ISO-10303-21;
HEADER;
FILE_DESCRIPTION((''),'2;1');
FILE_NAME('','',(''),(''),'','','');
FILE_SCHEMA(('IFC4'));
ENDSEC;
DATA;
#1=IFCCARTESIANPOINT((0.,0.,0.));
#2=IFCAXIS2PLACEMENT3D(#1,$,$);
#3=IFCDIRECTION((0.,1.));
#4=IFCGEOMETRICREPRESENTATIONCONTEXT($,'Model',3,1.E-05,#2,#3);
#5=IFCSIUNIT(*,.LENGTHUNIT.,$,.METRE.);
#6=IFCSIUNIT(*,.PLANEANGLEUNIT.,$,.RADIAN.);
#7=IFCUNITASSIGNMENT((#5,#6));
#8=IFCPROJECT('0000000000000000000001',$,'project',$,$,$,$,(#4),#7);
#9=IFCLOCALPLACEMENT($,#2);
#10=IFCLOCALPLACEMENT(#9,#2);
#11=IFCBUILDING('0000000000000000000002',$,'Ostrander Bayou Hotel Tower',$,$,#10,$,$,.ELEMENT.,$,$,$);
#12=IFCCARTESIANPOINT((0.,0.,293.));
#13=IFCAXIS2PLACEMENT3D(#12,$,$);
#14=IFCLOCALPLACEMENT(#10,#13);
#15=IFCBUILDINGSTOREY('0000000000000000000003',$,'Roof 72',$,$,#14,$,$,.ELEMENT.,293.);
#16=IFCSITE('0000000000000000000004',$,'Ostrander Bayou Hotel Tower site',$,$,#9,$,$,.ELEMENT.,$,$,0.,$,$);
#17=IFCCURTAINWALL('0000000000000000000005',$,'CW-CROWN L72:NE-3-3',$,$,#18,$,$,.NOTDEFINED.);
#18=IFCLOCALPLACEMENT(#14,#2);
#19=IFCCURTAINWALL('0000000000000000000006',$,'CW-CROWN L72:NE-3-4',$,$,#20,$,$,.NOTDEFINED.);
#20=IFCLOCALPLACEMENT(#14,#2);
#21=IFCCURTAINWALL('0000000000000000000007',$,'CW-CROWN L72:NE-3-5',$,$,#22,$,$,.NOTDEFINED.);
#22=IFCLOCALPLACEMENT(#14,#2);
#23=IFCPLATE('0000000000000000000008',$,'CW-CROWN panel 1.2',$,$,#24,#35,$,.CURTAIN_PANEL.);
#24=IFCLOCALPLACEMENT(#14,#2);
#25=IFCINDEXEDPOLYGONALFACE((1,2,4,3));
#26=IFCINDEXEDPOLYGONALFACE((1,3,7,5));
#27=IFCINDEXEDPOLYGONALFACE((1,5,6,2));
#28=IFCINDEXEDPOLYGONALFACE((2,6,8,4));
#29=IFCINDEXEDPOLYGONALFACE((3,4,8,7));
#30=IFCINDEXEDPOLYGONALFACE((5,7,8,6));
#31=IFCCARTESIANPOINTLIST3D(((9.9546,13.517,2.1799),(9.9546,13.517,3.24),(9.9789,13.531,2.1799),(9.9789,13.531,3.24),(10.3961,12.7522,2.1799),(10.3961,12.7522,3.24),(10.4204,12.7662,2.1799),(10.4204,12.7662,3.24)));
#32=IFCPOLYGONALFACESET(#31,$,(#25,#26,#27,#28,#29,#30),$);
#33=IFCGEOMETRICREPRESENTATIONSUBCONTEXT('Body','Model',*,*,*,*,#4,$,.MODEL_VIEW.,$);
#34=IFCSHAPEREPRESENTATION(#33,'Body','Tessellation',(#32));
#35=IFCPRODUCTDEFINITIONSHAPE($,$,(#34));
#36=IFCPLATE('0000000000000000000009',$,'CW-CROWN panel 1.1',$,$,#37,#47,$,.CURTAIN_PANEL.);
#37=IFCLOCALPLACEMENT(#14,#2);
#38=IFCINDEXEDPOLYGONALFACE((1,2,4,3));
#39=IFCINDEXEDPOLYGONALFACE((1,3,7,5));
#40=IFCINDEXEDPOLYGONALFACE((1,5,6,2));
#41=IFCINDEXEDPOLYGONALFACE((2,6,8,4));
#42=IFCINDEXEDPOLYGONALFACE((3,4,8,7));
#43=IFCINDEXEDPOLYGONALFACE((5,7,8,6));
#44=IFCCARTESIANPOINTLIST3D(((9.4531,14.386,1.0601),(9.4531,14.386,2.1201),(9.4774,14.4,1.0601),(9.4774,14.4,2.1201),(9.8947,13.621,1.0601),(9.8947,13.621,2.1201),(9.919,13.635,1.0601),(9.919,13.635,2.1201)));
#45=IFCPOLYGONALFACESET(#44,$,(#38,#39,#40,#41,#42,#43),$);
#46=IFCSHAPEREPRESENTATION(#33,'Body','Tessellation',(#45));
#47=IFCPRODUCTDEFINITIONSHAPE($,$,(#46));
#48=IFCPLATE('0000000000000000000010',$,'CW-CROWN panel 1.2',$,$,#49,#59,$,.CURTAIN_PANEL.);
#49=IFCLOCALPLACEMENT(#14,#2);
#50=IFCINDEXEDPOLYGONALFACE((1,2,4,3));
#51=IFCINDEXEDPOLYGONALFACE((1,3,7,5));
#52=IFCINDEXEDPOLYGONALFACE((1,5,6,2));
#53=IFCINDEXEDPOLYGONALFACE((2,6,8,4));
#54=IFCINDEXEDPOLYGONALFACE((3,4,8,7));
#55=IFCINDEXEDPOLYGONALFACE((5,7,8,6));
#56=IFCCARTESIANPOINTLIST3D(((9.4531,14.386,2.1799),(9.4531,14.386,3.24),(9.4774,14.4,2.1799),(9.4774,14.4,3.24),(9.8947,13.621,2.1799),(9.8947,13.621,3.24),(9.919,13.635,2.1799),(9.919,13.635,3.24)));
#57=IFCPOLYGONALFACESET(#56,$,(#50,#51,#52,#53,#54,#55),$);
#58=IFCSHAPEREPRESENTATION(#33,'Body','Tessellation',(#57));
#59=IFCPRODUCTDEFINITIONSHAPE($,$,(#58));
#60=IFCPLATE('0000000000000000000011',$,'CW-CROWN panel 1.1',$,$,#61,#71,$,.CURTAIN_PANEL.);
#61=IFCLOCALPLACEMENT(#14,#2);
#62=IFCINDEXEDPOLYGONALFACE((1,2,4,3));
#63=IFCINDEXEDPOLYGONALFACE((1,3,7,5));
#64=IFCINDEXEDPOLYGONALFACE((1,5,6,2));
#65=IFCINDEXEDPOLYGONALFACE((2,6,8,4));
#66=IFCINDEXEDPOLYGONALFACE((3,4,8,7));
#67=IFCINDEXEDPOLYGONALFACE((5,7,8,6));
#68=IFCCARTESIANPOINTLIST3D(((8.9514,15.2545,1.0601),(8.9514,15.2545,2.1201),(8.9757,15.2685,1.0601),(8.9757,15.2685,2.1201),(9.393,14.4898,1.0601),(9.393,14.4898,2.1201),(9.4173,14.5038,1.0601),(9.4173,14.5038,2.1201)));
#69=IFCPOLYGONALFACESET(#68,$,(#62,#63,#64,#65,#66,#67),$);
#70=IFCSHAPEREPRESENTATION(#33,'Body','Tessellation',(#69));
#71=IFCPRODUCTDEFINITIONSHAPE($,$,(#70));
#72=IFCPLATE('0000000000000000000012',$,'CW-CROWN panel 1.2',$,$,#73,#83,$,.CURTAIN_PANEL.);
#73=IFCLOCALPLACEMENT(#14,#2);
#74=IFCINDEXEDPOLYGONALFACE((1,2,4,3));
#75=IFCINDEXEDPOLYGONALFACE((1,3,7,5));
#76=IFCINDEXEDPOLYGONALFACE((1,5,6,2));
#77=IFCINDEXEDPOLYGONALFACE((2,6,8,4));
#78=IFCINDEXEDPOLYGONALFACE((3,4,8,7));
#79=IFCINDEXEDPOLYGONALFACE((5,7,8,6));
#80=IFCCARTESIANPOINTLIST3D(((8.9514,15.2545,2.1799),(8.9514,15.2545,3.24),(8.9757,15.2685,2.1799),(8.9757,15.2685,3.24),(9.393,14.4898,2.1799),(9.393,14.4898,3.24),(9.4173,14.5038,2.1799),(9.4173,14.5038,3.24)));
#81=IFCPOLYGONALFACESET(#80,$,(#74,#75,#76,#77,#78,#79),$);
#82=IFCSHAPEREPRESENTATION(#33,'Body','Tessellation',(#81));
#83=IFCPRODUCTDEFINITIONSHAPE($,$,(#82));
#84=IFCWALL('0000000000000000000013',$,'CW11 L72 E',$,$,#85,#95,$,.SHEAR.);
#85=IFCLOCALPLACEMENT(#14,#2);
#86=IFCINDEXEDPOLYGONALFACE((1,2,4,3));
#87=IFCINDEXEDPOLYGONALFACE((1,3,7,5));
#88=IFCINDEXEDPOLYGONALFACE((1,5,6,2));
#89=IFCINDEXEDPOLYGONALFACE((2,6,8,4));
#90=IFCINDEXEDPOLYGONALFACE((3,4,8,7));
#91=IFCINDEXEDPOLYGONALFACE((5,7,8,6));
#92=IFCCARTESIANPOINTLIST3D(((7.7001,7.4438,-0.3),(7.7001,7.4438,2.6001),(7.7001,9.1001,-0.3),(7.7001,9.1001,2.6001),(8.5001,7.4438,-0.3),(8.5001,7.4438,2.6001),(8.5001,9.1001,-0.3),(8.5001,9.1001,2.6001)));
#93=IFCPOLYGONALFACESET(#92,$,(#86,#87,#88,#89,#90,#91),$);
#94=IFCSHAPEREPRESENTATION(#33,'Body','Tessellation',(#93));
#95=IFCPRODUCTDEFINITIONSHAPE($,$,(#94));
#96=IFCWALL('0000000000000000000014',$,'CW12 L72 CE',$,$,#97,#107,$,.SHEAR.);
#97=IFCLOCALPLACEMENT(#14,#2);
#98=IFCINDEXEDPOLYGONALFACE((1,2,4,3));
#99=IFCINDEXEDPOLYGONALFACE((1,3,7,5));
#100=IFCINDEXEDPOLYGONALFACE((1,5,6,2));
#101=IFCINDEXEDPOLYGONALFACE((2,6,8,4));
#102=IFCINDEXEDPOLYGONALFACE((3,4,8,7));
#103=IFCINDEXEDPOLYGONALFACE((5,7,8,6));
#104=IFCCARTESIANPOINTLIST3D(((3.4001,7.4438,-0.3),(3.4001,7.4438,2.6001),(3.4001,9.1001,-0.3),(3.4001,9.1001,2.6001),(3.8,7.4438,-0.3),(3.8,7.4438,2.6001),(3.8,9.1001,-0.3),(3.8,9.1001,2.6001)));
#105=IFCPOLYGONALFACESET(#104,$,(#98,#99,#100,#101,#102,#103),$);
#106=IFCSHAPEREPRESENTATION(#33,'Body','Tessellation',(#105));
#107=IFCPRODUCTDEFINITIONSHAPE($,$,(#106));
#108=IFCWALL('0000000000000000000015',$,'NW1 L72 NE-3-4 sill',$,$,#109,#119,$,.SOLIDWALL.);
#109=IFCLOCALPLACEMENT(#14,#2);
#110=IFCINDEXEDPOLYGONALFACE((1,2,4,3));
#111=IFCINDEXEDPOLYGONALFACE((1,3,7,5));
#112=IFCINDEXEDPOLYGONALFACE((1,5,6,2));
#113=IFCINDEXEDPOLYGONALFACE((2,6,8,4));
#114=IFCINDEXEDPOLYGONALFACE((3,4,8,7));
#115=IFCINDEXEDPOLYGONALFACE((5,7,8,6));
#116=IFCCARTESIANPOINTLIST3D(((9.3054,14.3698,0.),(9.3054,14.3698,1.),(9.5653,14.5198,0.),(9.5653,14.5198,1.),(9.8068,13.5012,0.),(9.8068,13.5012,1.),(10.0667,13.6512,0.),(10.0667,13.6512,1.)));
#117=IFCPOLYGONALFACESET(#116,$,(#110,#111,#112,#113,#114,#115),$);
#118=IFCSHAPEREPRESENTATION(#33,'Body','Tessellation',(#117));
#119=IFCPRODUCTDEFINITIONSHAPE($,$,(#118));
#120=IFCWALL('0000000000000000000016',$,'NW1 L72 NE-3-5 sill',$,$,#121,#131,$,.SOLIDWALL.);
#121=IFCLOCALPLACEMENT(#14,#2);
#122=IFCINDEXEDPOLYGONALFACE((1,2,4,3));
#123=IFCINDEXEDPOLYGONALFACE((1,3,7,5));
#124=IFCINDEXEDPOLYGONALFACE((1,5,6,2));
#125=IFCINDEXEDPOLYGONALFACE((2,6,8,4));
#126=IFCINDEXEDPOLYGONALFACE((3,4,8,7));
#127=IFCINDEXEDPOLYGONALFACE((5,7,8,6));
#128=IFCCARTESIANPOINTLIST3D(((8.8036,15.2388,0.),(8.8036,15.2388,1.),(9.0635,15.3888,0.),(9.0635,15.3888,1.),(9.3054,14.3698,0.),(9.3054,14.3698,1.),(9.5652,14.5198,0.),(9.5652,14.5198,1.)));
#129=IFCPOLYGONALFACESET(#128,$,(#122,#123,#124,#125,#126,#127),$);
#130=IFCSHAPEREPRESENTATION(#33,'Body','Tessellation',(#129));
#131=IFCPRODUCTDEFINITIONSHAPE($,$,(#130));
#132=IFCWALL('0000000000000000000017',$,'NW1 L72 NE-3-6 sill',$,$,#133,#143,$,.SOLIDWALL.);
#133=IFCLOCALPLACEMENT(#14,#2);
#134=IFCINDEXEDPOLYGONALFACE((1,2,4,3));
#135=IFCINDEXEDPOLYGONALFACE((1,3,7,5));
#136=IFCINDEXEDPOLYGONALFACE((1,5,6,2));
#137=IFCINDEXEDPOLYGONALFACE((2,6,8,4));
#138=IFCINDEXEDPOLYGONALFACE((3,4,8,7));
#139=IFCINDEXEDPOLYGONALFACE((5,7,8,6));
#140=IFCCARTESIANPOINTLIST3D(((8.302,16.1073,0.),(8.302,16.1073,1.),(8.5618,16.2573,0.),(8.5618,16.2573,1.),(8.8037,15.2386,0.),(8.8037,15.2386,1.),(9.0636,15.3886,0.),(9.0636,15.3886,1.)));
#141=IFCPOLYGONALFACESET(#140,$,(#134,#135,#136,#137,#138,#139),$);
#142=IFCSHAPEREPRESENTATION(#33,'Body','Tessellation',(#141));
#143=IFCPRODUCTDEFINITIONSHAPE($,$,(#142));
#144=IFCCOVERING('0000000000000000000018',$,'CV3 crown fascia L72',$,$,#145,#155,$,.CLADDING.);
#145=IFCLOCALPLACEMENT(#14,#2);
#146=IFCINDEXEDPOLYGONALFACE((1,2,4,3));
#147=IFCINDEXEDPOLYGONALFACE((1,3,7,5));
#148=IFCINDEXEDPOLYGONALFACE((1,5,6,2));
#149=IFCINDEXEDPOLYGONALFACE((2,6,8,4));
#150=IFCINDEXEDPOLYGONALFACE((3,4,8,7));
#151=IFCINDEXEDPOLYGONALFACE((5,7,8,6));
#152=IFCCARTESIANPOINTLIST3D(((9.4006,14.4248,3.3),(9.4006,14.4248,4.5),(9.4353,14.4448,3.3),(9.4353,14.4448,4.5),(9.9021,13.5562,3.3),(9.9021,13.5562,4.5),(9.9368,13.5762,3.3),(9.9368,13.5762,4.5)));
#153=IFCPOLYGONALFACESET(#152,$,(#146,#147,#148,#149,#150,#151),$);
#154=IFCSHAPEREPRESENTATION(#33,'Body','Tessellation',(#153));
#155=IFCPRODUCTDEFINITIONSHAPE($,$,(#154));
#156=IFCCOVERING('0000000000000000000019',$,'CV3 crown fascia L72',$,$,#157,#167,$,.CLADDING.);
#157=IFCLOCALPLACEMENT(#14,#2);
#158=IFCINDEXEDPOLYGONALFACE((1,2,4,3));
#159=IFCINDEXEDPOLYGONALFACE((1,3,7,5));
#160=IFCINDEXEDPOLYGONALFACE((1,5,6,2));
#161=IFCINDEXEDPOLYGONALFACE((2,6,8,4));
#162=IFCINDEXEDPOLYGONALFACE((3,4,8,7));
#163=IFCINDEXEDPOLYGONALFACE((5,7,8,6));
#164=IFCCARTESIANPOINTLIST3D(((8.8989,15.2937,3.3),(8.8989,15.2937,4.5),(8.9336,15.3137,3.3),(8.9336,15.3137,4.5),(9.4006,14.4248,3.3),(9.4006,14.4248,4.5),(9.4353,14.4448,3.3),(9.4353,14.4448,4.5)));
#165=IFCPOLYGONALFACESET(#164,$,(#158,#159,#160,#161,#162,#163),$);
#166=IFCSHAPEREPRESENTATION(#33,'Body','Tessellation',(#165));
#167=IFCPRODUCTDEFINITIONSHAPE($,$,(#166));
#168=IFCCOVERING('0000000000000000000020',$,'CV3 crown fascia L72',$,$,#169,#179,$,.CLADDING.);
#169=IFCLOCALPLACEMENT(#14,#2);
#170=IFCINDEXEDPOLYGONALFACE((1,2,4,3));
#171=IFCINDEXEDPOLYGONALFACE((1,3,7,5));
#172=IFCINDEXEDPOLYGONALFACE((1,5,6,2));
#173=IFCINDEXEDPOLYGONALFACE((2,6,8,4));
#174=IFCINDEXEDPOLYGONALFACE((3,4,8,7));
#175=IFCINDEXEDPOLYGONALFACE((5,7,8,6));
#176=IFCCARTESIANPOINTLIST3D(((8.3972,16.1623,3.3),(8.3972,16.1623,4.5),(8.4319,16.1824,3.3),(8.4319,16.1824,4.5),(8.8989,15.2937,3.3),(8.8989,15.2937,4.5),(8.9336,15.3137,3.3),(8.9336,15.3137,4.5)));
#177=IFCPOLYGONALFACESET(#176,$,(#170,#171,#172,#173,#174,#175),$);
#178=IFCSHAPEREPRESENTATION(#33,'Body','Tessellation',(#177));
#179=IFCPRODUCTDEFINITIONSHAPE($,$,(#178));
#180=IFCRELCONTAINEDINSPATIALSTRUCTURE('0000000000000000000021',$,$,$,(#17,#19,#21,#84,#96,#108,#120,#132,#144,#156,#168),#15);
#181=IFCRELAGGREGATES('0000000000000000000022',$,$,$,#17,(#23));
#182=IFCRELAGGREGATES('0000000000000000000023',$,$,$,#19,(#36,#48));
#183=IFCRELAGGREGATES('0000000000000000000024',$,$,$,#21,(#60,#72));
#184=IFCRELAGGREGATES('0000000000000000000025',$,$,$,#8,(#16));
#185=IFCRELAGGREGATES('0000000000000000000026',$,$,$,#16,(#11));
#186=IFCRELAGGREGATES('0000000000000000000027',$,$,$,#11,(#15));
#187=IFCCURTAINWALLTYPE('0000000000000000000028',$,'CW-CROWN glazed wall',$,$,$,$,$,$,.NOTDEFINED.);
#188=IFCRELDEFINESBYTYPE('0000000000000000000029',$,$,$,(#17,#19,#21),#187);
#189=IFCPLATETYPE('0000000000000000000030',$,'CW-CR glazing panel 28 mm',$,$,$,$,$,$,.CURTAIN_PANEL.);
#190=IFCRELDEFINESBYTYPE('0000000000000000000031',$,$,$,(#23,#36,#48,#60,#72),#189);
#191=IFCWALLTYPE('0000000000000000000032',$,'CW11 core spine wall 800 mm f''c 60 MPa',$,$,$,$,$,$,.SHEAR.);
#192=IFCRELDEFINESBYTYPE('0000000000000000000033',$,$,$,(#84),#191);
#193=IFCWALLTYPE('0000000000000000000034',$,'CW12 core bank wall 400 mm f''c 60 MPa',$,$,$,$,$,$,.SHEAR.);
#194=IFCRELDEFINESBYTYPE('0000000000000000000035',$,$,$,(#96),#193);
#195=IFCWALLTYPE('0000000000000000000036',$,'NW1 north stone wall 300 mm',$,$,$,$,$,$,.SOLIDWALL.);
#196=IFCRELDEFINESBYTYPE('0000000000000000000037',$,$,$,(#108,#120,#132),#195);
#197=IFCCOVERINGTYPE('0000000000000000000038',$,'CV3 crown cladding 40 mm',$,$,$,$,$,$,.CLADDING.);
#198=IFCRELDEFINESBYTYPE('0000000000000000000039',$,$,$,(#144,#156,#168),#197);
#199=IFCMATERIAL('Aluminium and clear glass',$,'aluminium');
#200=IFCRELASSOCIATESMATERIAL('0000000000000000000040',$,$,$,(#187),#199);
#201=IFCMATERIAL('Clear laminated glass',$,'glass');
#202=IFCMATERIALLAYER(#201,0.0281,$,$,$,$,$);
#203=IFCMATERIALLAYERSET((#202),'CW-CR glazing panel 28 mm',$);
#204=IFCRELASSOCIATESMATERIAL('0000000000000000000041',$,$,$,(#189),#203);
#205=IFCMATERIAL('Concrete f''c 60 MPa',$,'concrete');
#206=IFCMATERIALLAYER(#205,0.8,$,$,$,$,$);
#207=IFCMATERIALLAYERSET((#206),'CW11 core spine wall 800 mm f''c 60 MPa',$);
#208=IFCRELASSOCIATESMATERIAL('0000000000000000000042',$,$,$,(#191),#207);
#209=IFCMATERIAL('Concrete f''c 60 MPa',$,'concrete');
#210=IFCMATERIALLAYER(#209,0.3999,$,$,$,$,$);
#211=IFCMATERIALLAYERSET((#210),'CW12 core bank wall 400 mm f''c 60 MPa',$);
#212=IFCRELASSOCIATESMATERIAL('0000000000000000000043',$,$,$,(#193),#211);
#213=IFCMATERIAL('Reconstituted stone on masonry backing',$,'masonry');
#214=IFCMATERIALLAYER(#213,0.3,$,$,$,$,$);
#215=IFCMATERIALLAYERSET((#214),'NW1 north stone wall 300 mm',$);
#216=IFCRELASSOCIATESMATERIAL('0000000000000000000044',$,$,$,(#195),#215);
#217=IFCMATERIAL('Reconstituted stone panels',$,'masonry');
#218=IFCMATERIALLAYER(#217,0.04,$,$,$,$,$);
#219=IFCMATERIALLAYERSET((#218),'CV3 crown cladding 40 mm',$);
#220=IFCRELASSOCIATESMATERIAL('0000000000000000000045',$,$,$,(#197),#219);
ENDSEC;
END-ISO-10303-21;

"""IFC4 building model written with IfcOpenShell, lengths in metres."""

from ifc_helpers import new_model, si_unit, direction, frame, frame_2d, origin, origin_2d, place, context, subcontext, project, spatial, polyline, rectangle, outline, extrude, material, layer, layer_set, type_object, element, aggregate, save


model = new_model("IFC4")

# Units and contexts
model_context = context("Model", 3, precision=1e-05, world=origin(), true_north=direction((0.0, 1.0)))
body_context = subcontext(model_context, "Body", "Model", "MODEL_VIEW")
ifc_project = project(units=[si_unit("LENGTHUNIT", "METRE"), si_unit("PLANEANGLEUNIT", "RADIAN")], contexts=[model_context])

# Site, building, storey
site_placement = place(None, origin())
site = spatial("IfcSite", under=ifc_project, at=site_placement, Name="Ostrander Bayou Hotel Tower site", CompositionType="ELEMENT", RefElevation=0.0)
building_placement = place(site_placement, origin())
building = spatial("IfcBuilding", under=site, at=building_placement, Name="Ostrander Bayou Hotel Tower", CompositionType="ELEMENT")
storey_placement = place(building_placement, frame((0.0, 0.0, 293.0)))
storey = spatial("IfcBuildingStorey", under=building, at=storey_placement, Name="Roof 72", CompositionType="ELEMENT", Elevation=293.0)

# Curtain wall
ifc_material_1 = material(Name="Aluminium and clear glass", Category="aluminium")
curtain_wall_type = type_object("IfcCurtainWallType", Name="CW-CROWN glazed wall", PredefinedType="NOTDEFINED", material=ifc_material_1)
curtain_wall_1_placement = place(storey_placement, origin())
curtain_wall_1 = element("IfcCurtainWall", 1, at=curtain_wall_1_placement, inside=storey, type_object=curtain_wall_type, Name="CW-CROWN L72:NE-3-3", PredefinedType="NOTDEFINED")

# Curtain walls
curtain_wall_2_placement = place(storey_placement, origin())
curtain_wall_2 = element("IfcCurtainWall", 2, at=curtain_wall_2_placement, inside=storey, type_object=curtain_wall_type, Name="CW-CROWN L72:NE-3-4", PredefinedType="NOTDEFINED")
curtain_wall_3_placement = place(storey_placement, origin())
curtain_wall_3 = element("IfcCurtainWall", 3, at=curtain_wall_3_placement, inside=storey, type_object=curtain_wall_type, Name="CW-CROWN L72:NE-3-5", PredefinedType="NOTDEFINED")

# Plates
ifc_material_2 = material(Name="Clear laminated glass", Category="glass")
ifc_layer_1 = layer(ifc_material_2, 0.0281)
ifc_layer_set_1 = layer_set([ifc_layer_1], Name="CW-CR glazing panel 28 mm")
plate_type = type_object("IfcPlateType", Name="CW-CR glazing panel 28 mm", PredefinedType="CURTAIN_PANEL", material=ifc_layer_set_1)
plate_1_placement = place(storey_placement, frame((10.1875, 13.1416, 2.1799), z_axis=(0.0, 0.0, 1.0), x_axis=(-0.499924, 0.866069, 0.0)))
plate_1 = element("IfcPlate", 4, at=plate_1_placement, type_object=plate_type, Name="CW-CROWN panel 1.2", PredefinedType="CURTAIN_PANEL", context=body_context, shape_type="SweptSolid", body=[
    extrude(rectangle(XDim=0.8831, YDim=0.0281, at=origin_2d()), origin(), (0.0, 0.0, 1.0), 1.0601),
])
aggregate(curtain_wall_1, [plate_1])
plate_2_placement = place(storey_placement, frame((9.686, 14.0105, 1.0601), z_axis=(0.0, 0.0, 1.0), x_axis=(-0.499999, 0.866026, 0.0)))
plate_2 = element("IfcPlate", 5, at=plate_2_placement, type_object=plate_type, Name="CW-CROWN panel 1.1", PredefinedType="CURTAIN_PANEL", context=body_context, shape_type="SweptSolid", body=[
    extrude(rectangle(XDim=0.8833, YDim=0.0281, at=origin_2d()), origin(), (0.0, 0.0, 1.0), 1.0601),
])
plate_3_placement = place(storey_placement, frame((9.686, 14.0105, 2.1799), z_axis=(0.0, 0.0, 1.0), x_axis=(-0.499999, 0.866026, 0.0)))
plate_3 = element("IfcPlate", 6, at=plate_3_placement, type_object=plate_type, Name="CW-CROWN panel 1.2", PredefinedType="CURTAIN_PANEL", context=body_context, shape_type="SweptSolid", body=[
    extrude(rectangle(XDim=0.8833, YDim=0.0281, at=origin_2d()), origin(), (0.0, 0.0, 1.0), 1.0601),
])
aggregate(curtain_wall_2, [plate_2, plate_3])
plate_4_placement = place(storey_placement, frame((9.1843, 14.8792, 1.0601), z_axis=(0.0, 0.0, 1.0), x_axis=(-0.500042, 0.866001, 0.0)))
plate_4 = element("IfcPlate", 7, at=plate_4_placement, type_object=plate_type, Name="CW-CROWN panel 1.1", PredefinedType="CURTAIN_PANEL", context=body_context, shape_type="SweptSolid", body=[
    extrude(rectangle(XDim=0.8831, YDim=0.0281, at=origin_2d()), origin(), (0.0, 0.0, 1.0), 1.0601),
])
plate_5_placement = place(storey_placement, frame((9.1843, 14.8792, 2.1799), z_axis=(0.0, 0.0, 1.0), x_axis=(-0.500042, 0.866001, 0.0)))
plate_5 = element("IfcPlate", 8, at=plate_5_placement, type_object=plate_type, Name="CW-CROWN panel 1.2", PredefinedType="CURTAIN_PANEL", context=body_context, shape_type="SweptSolid", body=[
    extrude(rectangle(XDim=0.8831, YDim=0.0281, at=origin_2d()), origin(), (0.0, 0.0, 1.0), 1.0601),
])
aggregate(curtain_wall_3, [plate_4, plate_5])

# Walls
ifc_material_3 = material(Name="Concrete f'c 60 MPa", Category="concrete")
ifc_layer_2 = layer(ifc_material_3, 0.8)
ifc_layer_set_2 = layer_set([ifc_layer_2], Name="CW11 core spine wall 800 mm f'c 60 MPa")
wall_type_1 = type_object("IfcWallType", Name="CW11 core spine wall 800 mm f'c 60 MPa", PredefinedType="SHEAR", material=ifc_layer_set_2)
wall_1_placement = place(storey_placement, frame((8.1001, 7.4438, -0.3), z_axis=(0.0, 0.0, 1.0), x_axis=(0.0, 1.0, 0.0)))
element("IfcWall", 9, at=wall_1_placement, inside=storey, type_object=wall_type_1, Name="CW11 L72 E", PredefinedType="SHEAR", context=body_context, shape_type="SweptSolid", body=[
    extrude(rectangle(XDim=1.6562, YDim=0.8, at=frame_2d((0.8281, 0.0))), origin(), (0.0, 0.0, 1.0), 2.9001),
])
ifc_material_4 = material(Name="Concrete f'c 60 MPa", Category="concrete")
ifc_layer_3 = layer(ifc_material_4, 0.3999)
ifc_layer_set_3 = layer_set([ifc_layer_3], Name="CW12 core bank wall 400 mm f'c 60 MPa")
wall_type_2 = type_object("IfcWallType", Name="CW12 core bank wall 400 mm f'c 60 MPa", PredefinedType="SHEAR", material=ifc_layer_set_3)
wall_2_placement = place(storey_placement, frame((3.6001, 7.4438, -0.3), z_axis=(0.0, 0.0, 1.0), x_axis=(0.0, 1.0, 0.0)))
element("IfcWall", 10, at=wall_2_placement, inside=storey, type_object=wall_type_2, Name="CW12 L72 CE", PredefinedType="SHEAR", context=body_context, shape_type="SweptSolid", body=[
    extrude(rectangle(XDim=1.6562, YDim=0.3999, at=frame_2d((0.8281, 0.0))), origin(), (0.0, 0.0, 1.0), 2.9001),
])
ifc_material_5 = material(Name="Reconstituted stone on masonry backing", Category="masonry")
ifc_layer_4 = layer(ifc_material_5, 0.3)
ifc_layer_set_4 = layer_set([ifc_layer_4], Name="NW1 north stone wall 300 mm")
wall_type_3 = type_object("IfcWallType", Name="NW1 north stone wall 300 mm", PredefinedType="SOLIDWALL", material=ifc_layer_set_4)
wall_3_placement = place(storey_placement, frame((9.9368, 13.5762, 0.0), z_axis=(0.0, 0.0, 1.0), x_axis=(-0.499961, 0.866048, 0.0)))
element("IfcWall", 11, at=wall_3_placement, inside=storey, type_object=wall_type_3, Name="NW1 L72 NE-3-4 sill", PredefinedType="SOLIDWALL", context=body_context, shape_type="SweptSolid", body=[
    extrude(rectangle(XDim=1.0029, YDim=0.3, at=frame_2d((0.5015, 0.0))), origin(), (0.0, 0.0, 1.0), 1.0),
])
wall_4_placement = place(storey_placement, frame((9.4353, 14.4448, 0.0), z_axis=(0.0, 0.0, 1.0), x_axis=(-0.500038, 0.866003, 0.0)))
element("IfcWall", 12, at=wall_4_placement, inside=storey, type_object=wall_type_3, Name="NW1 L72 NE-3-5 sill", PredefinedType="SOLIDWALL", context=body_context, shape_type="SweptSolid", body=[
    extrude(rectangle(XDim=1.0034, YDim=0.3, at=frame_2d((0.5017, 0.0))), origin(), (0.0, 0.0, 1.0), 1.0),
])
wall_5_placement = place(storey_placement, frame((8.9336, 15.3137, 0.0), z_axis=(0.0, 0.0, 1.0), x_axis=(-0.500144, 0.865942, 0.0)))
element("IfcWall", 13, at=wall_5_placement, inside=storey, type_object=wall_type_3, Name="NW1 L72 NE-3-6 sill", PredefinedType="SOLIDWALL", context=body_context, shape_type="SweptSolid", body=[
    extrude(rectangle(XDim=1.0032, YDim=0.3, at=frame_2d((0.5015, 0.0))), origin(), (0.0, 0.0, 1.0), 1.0),
])

# Coverings
ifc_material_6 = material(Name="Reconstituted stone panels", Category="masonry")
ifc_layer_5 = layer(ifc_material_6, 0.04)
ifc_layer_set_5 = layer_set([ifc_layer_5], Name="CV3 crown cladding 40 mm")
covering_type = type_object("IfcCoveringType", Name="CV3 crown cladding 40 mm", PredefinedType="CLADDING", material=ifc_layer_set_5)
covering_1_placement = place(storey_placement, frame((9.9368, 13.5762, 3.3), z_axis=(0.866048, 0.499961, 0.0), x_axis=(-0.499961, 0.866048, 0.0)))
element("IfcCovering", 14, at=covering_1_placement, inside=storey, type_object=covering_type, Name="CV3 crown fascia L72", PredefinedType="CLADDING", context=body_context, shape_type="SweptSolid", body=[
    extrude(outline(polyline([(0.0, 0.0), (1.003, 0.0), (1.003, 1.2), (0.0, 1.2), (0.0, 0.0)])), origin(), (0.0, 0.0, -1.0), 0.04),
])
covering_2_placement = place(storey_placement, frame((9.4353, 14.4448, 3.3), z_axis=(0.866003, 0.500038, 0.0), x_axis=(-0.500038, 0.866003, 0.0)))
element("IfcCovering", 15, at=covering_2_placement, inside=storey, type_object=covering_type, Name="CV3 crown fascia L72", PredefinedType="CLADDING", context=body_context, shape_type="SweptSolid", body=[
    extrude(outline(polyline([(0.0, 0.0), (1.0033, 0.0), (1.0033, 1.2), (0.0, 1.2), (0.0, 0.0)])), origin(), (0.0, 0.0, -1.0), 0.04),
])
covering_3_placement = place(storey_placement, frame((8.9336, 15.3137, 3.3), z_axis=(0.865942, 0.500144, 0.0), x_axis=(-0.500144, 0.865942, 0.0)))
element("IfcCovering", 16, at=covering_3_placement, inside=storey, type_object=covering_type, Name="CV3 crown fascia L72", PredefinedType="CLADDING", context=body_context, shape_type="SweptSolid", body=[
    extrude(outline(polyline([(0.0, 0.0), (1.0031, 0.0), (1.0031, 1.2), (0.0, 1.2), (0.0, 0.0)])), origin(), (0.0, 0.0, -1.0), 0.04),
])

save(model, "model.ifc")
